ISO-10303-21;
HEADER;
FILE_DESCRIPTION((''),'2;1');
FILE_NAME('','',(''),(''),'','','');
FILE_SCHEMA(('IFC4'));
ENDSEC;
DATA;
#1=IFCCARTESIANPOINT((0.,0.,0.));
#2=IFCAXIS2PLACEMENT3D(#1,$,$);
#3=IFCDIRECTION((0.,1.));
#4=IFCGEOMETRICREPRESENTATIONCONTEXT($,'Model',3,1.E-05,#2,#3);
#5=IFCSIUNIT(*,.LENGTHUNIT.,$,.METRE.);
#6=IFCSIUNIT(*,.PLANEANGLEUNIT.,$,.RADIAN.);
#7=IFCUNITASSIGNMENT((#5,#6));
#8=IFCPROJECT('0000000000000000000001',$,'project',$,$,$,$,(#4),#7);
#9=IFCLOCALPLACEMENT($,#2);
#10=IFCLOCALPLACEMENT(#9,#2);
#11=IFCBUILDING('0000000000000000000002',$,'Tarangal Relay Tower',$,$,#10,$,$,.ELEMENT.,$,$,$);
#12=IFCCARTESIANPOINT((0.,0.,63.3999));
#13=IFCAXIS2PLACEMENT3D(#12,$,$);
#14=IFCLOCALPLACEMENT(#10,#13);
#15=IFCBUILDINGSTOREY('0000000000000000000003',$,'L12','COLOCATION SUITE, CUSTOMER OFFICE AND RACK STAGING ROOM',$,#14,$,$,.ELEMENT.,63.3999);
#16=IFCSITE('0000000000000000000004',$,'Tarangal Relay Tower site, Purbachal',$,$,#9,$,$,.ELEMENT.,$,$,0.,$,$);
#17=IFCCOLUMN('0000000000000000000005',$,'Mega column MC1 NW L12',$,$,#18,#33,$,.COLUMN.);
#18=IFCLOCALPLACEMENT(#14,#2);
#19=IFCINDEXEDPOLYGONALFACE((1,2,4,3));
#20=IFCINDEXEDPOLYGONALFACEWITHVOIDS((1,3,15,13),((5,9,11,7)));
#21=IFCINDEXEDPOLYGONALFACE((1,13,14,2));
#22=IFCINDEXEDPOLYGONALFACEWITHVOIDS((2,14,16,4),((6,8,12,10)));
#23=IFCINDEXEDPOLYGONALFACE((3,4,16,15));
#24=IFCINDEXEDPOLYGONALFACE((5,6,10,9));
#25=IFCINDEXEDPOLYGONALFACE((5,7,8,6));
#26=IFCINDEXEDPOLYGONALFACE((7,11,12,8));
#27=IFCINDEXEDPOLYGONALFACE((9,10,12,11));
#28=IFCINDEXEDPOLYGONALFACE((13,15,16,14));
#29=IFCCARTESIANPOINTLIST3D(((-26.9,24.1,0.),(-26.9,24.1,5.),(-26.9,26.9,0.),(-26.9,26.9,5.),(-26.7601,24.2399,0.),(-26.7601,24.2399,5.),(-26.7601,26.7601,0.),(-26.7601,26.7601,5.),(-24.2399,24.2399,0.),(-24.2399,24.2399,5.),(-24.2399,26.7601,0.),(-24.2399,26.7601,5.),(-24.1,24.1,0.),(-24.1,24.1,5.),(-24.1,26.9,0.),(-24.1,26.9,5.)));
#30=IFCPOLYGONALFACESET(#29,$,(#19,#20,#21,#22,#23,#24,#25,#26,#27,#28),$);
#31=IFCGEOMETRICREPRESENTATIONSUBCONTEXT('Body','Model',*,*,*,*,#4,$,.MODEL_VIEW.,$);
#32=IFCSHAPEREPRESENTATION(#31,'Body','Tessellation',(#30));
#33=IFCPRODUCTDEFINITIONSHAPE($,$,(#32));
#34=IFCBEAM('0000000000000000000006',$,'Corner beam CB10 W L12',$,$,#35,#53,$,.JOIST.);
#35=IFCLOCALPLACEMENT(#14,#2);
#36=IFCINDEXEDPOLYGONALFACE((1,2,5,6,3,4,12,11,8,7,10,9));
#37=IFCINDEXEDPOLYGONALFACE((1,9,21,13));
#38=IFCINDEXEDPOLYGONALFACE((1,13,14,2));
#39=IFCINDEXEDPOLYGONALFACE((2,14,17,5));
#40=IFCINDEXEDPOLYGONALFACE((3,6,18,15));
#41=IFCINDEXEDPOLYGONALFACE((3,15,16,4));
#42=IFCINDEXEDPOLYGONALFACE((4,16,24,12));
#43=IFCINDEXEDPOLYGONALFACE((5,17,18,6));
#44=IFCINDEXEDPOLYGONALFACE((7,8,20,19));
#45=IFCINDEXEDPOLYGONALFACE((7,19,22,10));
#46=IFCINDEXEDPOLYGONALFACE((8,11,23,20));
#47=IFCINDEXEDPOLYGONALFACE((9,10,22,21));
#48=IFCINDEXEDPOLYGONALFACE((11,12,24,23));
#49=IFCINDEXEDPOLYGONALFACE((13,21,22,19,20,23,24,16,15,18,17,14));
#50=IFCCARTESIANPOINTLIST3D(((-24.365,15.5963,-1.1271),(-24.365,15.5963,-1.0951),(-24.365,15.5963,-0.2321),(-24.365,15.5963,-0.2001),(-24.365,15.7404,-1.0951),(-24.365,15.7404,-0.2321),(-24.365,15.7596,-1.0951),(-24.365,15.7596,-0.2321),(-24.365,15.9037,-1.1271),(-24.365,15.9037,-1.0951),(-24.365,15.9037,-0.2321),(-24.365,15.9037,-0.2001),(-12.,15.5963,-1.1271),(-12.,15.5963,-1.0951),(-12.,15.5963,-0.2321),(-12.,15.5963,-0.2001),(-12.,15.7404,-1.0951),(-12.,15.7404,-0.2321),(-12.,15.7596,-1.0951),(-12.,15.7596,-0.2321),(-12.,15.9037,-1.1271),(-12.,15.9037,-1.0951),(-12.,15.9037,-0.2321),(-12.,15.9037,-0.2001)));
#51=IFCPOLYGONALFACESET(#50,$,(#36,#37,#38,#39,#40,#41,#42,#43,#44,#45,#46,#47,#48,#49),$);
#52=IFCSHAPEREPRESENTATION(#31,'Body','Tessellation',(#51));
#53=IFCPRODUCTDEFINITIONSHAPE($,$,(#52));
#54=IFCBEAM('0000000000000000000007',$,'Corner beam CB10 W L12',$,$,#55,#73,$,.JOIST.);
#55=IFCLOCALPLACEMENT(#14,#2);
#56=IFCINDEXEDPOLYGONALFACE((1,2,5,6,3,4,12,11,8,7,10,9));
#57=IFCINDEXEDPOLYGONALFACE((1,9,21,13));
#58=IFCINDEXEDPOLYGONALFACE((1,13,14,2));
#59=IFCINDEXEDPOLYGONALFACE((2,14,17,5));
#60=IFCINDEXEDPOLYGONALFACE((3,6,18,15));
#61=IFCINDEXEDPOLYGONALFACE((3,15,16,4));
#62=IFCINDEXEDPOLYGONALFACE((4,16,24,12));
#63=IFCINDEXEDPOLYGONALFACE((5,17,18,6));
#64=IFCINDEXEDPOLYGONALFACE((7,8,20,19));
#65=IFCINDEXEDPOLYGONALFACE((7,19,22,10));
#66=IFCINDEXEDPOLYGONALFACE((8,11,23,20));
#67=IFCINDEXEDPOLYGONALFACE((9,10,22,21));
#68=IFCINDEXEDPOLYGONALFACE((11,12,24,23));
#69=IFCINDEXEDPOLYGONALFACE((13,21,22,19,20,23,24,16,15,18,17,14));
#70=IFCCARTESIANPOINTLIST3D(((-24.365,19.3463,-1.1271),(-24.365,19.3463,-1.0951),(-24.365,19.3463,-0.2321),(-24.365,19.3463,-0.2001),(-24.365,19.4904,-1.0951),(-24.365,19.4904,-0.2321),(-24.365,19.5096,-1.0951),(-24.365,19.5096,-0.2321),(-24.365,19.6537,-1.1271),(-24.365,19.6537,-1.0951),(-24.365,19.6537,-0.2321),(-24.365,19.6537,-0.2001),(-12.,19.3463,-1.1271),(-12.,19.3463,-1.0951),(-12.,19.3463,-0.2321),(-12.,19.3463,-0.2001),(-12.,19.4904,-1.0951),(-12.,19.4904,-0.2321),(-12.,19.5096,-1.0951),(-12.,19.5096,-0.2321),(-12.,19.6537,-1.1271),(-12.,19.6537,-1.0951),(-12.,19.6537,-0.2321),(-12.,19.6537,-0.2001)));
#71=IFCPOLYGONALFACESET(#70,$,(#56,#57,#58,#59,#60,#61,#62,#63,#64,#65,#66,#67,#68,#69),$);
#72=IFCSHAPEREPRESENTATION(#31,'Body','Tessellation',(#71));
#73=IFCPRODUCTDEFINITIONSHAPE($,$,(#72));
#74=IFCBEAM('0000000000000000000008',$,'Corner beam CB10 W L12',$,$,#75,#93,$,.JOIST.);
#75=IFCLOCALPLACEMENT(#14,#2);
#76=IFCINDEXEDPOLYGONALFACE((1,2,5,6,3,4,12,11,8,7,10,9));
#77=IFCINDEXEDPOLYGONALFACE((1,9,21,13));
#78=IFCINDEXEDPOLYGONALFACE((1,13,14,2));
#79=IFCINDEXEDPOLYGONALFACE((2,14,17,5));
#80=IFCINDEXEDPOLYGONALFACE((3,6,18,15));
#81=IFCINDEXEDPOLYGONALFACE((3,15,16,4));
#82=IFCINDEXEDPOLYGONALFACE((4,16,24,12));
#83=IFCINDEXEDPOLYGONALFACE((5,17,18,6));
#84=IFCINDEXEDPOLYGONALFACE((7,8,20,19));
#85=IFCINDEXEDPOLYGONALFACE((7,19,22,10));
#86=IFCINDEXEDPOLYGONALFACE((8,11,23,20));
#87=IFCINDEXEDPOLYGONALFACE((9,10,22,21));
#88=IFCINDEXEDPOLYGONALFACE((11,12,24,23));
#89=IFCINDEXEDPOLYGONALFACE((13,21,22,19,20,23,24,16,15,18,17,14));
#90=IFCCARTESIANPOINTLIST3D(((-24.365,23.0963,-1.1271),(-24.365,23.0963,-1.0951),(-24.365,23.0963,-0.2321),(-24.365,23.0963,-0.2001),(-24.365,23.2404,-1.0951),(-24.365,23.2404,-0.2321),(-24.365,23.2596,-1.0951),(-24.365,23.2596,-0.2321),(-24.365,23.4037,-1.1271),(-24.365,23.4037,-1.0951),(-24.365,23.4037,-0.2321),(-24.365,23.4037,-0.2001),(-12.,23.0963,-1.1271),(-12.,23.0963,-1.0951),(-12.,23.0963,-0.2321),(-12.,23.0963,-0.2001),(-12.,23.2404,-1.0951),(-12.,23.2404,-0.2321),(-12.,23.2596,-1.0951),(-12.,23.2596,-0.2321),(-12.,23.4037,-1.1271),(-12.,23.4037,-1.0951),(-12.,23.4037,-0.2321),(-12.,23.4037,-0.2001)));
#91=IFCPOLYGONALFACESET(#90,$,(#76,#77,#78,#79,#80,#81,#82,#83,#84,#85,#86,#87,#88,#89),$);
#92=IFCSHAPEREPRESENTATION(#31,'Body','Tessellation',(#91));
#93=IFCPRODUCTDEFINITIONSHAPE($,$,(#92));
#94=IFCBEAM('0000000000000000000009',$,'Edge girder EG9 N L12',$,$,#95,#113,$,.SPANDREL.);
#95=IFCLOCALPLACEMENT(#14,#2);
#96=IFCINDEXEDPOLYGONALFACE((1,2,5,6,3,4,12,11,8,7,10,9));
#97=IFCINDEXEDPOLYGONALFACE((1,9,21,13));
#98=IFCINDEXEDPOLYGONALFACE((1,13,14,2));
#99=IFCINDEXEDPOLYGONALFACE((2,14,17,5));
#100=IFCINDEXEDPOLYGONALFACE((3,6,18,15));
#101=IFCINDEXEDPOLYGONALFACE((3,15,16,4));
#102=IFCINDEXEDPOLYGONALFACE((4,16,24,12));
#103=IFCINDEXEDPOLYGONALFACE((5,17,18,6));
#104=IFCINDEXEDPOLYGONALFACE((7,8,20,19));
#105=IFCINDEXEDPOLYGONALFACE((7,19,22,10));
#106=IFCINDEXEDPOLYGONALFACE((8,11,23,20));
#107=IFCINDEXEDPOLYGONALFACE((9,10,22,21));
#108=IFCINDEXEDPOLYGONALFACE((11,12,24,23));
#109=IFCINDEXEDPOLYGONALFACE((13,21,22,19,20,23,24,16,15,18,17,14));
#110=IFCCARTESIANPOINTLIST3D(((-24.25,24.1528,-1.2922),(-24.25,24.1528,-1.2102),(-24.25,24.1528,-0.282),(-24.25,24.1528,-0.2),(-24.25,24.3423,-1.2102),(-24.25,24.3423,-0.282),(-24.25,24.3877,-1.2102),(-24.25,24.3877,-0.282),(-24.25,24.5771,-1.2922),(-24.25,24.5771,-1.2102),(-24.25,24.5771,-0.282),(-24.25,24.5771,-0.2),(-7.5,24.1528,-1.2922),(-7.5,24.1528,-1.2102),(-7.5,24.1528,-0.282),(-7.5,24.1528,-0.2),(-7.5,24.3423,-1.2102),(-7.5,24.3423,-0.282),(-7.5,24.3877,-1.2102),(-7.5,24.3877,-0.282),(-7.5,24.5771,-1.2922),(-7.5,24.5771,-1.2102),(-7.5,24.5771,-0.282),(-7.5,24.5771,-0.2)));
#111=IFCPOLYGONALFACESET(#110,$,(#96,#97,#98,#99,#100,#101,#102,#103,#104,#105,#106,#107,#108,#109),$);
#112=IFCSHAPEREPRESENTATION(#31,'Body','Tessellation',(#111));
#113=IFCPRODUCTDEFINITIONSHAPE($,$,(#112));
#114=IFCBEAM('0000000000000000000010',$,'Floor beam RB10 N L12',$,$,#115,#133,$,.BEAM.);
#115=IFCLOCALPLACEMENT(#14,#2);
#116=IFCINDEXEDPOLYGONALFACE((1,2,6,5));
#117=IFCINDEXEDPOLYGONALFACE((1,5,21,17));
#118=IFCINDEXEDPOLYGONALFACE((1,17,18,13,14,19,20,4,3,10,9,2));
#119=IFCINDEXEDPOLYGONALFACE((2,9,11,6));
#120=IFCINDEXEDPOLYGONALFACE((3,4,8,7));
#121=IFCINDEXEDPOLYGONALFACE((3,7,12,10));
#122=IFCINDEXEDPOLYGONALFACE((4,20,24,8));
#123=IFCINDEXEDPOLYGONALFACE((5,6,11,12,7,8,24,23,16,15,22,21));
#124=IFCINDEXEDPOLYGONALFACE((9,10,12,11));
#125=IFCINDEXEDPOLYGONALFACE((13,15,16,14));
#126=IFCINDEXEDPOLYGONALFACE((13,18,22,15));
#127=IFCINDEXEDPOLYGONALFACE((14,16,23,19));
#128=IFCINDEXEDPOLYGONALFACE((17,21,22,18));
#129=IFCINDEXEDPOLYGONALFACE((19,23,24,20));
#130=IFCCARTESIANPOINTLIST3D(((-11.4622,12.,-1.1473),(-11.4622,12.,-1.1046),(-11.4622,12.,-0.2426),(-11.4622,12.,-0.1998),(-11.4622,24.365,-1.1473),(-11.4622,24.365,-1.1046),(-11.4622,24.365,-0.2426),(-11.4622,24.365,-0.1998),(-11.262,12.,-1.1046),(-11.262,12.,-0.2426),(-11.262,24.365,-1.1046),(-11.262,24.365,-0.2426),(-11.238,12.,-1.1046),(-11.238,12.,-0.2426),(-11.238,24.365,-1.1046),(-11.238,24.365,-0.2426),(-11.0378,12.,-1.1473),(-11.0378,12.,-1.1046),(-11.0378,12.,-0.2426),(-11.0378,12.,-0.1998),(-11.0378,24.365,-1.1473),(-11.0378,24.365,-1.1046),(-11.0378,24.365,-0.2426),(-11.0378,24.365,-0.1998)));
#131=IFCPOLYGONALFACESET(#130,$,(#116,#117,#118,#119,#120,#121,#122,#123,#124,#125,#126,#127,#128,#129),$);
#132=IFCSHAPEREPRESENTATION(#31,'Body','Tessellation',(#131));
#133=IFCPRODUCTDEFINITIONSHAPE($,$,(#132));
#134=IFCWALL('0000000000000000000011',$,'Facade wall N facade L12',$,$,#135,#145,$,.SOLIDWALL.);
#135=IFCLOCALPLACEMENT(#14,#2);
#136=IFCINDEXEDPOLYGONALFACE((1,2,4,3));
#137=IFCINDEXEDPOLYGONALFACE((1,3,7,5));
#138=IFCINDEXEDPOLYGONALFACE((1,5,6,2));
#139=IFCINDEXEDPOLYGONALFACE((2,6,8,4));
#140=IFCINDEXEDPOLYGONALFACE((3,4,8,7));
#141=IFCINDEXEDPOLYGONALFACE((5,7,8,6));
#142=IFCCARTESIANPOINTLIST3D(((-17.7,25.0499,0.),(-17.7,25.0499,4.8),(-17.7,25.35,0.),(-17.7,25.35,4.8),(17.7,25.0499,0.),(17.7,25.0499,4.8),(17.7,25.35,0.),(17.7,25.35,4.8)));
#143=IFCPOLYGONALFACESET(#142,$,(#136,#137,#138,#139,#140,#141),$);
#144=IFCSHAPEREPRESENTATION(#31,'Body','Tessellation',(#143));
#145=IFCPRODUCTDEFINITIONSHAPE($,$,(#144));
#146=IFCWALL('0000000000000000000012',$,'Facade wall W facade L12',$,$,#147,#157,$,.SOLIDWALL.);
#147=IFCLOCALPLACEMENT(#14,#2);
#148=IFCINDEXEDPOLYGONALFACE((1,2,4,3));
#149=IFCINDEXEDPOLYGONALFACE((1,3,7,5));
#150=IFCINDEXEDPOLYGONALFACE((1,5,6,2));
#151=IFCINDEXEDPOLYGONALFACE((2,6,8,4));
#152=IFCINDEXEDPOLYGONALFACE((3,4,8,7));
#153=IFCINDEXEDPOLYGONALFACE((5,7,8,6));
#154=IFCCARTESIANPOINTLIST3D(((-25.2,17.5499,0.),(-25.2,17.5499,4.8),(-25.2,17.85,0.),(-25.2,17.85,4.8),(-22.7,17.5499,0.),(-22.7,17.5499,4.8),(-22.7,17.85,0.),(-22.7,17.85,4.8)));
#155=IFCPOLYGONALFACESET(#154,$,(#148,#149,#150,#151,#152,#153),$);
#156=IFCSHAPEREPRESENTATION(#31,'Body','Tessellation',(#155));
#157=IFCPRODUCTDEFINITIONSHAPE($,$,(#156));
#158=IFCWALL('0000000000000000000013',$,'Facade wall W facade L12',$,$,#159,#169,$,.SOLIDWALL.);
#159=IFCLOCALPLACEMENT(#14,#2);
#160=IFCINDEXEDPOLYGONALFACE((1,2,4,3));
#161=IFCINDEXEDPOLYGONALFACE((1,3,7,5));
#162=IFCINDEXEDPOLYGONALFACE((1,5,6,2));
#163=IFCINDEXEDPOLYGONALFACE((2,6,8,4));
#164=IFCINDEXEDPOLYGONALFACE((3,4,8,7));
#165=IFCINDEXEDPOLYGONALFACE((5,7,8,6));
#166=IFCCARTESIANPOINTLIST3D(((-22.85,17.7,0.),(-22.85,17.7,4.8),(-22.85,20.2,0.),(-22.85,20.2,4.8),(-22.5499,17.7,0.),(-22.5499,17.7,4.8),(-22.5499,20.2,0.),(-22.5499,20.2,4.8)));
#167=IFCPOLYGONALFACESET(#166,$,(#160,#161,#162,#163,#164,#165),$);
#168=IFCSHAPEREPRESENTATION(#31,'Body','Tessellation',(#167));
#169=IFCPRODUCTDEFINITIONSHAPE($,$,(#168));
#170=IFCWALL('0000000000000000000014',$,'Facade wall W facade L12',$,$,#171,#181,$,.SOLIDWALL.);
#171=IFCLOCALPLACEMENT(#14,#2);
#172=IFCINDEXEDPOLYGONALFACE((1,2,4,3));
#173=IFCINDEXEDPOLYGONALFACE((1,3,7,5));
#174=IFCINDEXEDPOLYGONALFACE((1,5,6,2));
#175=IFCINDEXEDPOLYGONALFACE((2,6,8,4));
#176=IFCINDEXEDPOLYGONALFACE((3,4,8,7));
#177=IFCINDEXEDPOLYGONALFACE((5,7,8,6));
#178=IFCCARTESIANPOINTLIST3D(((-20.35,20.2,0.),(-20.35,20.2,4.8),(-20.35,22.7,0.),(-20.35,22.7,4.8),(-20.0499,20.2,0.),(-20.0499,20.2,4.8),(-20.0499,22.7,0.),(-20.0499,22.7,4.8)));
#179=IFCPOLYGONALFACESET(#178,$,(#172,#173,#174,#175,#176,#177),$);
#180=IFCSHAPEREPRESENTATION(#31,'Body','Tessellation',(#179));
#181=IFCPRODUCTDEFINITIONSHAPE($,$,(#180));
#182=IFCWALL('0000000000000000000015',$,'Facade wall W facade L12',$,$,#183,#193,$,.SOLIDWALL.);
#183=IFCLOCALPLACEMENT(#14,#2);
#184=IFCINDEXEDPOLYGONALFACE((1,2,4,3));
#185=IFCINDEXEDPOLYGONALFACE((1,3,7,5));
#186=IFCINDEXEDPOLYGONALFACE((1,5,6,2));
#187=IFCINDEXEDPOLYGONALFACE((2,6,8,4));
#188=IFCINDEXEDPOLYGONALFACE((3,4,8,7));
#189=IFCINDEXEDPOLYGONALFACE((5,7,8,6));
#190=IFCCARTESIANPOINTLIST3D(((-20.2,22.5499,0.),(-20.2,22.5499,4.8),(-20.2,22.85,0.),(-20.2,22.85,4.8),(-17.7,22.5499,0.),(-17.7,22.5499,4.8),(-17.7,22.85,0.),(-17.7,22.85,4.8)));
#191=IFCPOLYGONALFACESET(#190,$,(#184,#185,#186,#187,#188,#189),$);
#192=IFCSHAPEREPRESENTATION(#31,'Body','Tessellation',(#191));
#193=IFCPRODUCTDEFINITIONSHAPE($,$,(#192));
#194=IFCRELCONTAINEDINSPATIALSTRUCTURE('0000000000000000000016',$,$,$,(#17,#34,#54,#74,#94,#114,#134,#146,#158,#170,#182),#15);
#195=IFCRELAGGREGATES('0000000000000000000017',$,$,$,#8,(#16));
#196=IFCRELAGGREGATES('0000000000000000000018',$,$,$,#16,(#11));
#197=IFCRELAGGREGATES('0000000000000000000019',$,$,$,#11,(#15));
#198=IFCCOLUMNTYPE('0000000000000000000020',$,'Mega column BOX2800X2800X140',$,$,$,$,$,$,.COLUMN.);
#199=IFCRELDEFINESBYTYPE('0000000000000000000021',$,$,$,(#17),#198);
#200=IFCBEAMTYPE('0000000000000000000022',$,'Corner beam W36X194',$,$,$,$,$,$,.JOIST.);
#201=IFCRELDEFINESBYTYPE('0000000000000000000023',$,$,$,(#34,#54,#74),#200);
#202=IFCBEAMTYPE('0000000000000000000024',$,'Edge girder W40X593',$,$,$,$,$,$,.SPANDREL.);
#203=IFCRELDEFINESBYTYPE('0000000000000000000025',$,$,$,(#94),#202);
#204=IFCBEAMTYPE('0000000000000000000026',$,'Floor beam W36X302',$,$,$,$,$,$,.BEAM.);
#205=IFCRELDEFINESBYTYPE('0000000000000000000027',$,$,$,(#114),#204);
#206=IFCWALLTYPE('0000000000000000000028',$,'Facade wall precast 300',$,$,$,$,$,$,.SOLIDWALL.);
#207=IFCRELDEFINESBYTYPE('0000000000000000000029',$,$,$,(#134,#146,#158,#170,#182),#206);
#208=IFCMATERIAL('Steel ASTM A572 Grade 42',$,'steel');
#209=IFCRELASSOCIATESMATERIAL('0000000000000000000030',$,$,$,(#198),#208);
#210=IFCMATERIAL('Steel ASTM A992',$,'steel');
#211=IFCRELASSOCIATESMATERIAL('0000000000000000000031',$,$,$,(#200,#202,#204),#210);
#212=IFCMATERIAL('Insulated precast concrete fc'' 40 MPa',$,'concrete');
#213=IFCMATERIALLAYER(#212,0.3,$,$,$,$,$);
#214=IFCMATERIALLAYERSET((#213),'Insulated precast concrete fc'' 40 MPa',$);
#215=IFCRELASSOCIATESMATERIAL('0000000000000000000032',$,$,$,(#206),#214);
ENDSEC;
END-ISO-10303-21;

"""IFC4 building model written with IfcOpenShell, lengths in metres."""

from ifc_helpers import new_model, si_unit, direction, frame, frame_2d, origin, origin_2d, place, context, subcontext, project, spatial, rectangle, hollow_rectangle, i_section, extrude, material, layer, layer_set, material_profile, profile_set, type_object, element, save


model = new_model("IFC4")

# Units and contexts
model_context = context("Model", 3, precision=1e-05, world=origin(), true_north=direction((0.0, 1.0)))
body_context = subcontext(model_context, "Body", "Model", "MODEL_VIEW")
ifc_project = project(units=[si_unit("LENGTHUNIT", "METRE"), si_unit("PLANEANGLEUNIT", "RADIAN")], contexts=[model_context])

# Site, building, storey
site_placement = place(None, origin())
site = spatial("IfcSite", under=ifc_project, at=site_placement, Name="Tarangal Relay Tower site, Purbachal", CompositionType="ELEMENT", RefElevation=0.0)
building_placement = place(site_placement, origin())
building = spatial("IfcBuilding", under=site, at=building_placement, Name="Tarangal Relay Tower", CompositionType="ELEMENT")
storey_placement = place(building_placement, frame((0.0, 0.0, 63.3999)))
storey = spatial("IfcBuildingStorey", under=building, at=storey_placement, Name="L12", Description="COLOCATION SUITE, CUSTOMER OFFICE AND RACK STAGING ROOM", CompositionType="ELEMENT", Elevation=63.3999)

# Column
ifc_material_1 = material(Name="Steel ASTM A572 Grade 42", Category="steel")
ifc_material_profile_1 = material_profile(ifc_material_1, hollow_rectangle(XDim=2.8, YDim=2.8, WallThickness=0.1399, at=origin_2d()), Name="BOX2800X2800X140")
ifc_profile_set_1 = profile_set([ifc_material_profile_1], Name="Steel ASTM A572 Grade 42")
column_type = type_object("IfcColumnType", Name="Mega column BOX2800X2800X140", PredefinedType="COLUMN", material=ifc_profile_set_1)
column_placement = place(storey_placement, frame((-25.5, 25.5, 0.0), z_axis=(0.0, 0.0, 1.0), x_axis=(1.0, 0.0, 0.0)))
element("IfcColumn", 1, at=column_placement, inside=storey, type_object=column_type, Name="Mega column MC1 NW L12", PredefinedType="COLUMN", context=body_context, shape_type="SweptSolid", body=[
    extrude(hollow_rectangle(XDim=2.8, YDim=2.8, WallThickness=0.1399, at=origin_2d()), origin(), (0.0, 0.0, 1.0), 5.0),
])

# Beams
ifc_material_2 = material(Name="Steel ASTM A992", Category="steel")
ifc_material_profile_2 = material_profile(ifc_material_2, i_section(OverallWidth=0.3074, OverallDepth=0.927, WebThickness=0.0193, FlangeThickness=0.032, at=origin_2d()), Name="W36X194")
ifc_profile_set_2 = profile_set([ifc_material_profile_2], Name="Steel ASTM A992")
beam_type_1 = type_object("IfcBeamType", Name="Corner beam W36X194", PredefinedType="JOIST", material=ifc_profile_set_2)
for number, where, z_axis, x_axis, name in (
    (2, (-12.0, 15.75, -0.6636), (-1.0, 0.0, 0.0), (0.0, -1.0, 0.0), "Corner beam CB10 W L12"),
    (3, (-12.0, 19.5, -0.6636), (-1.0, 0.0, 0.0), (0.0, -1.0, 0.0), "Corner beam CB10 W L12"),
    (4, (-12.0, 23.25, -0.6636), (-1.0, 0.0, 0.0), (0.0, -1.0, 0.0), "Corner beam CB10 W L12"),
):
    element("IfcBeam", number, at=place(storey_placement, frame(where, z_axis=z_axis, x_axis=x_axis)), inside=storey, type_object=beam_type_1, Name=name, PredefinedType="JOIST", context=body_context, shape_type="SweptSolid", body=[
        extrude(i_section(OverallWidth=0.3074, OverallDepth=0.927, WebThickness=0.0193, FlangeThickness=0.032, at=origin_2d()), origin(), (0.0, 0.0, 1.0), 12.365),
    ])
ifc_material_profile_3 = material_profile(ifc_material_2, i_section(OverallWidth=0.4243, OverallDepth=1.0923, WebThickness=0.0454, FlangeThickness=0.082, at=origin_2d()), Name="W40X593")
ifc_profile_set_3 = profile_set([ifc_material_profile_3], Name="Steel ASTM A992")
beam_type_2 = type_object("IfcBeamType", Name="Edge girder W40X593", PredefinedType="SPANDREL", material=ifc_profile_set_3)
beam_1_placement = place(storey_placement, frame((-24.25, 24.365, -0.7461), z_axis=(1.0, 0.0, 0.0), x_axis=(0.0, 1.0, 0.0)))
element("IfcBeam", 5, at=beam_1_placement, inside=storey, type_object=beam_type_2, Name="Edge girder EG9 N L12", PredefinedType="SPANDREL", context=body_context, shape_type="SweptSolid", body=[
    extrude(i_section(OverallWidth=0.4243, OverallDepth=1.0923, WebThickness=0.0454, FlangeThickness=0.082, at=origin_2d()), origin(), (0.0, 0.0, 1.0), 16.75),
])
ifc_material_profile_4 = material_profile(ifc_material_2, i_section(OverallWidth=0.4243, OverallDepth=0.9475, WebThickness=0.0239, FlangeThickness=0.0427, at=origin_2d()), Name="W36X302")
ifc_profile_set_4 = profile_set([ifc_material_profile_4], Name="Steel ASTM A992")
beam_type_3 = type_object("IfcBeamType", Name="Floor beam W36X302", PredefinedType="BEAM", material=ifc_profile_set_4)
beam_2_placement = place(storey_placement, frame((-11.25, 12.0, -0.6736), z_axis=(0.0, 1.0, 0.0), x_axis=(-1.0, 0.0, 0.0)))
element("IfcBeam", 6, at=beam_2_placement, inside=storey, type_object=beam_type_3, Name="Floor beam RB10 N L12", PredefinedType="BEAM", context=body_context, shape_type="SweptSolid", body=[
    extrude(i_section(OverallWidth=0.4243, OverallDepth=0.9475, WebThickness=0.0239, FlangeThickness=0.0427, at=origin_2d()), origin(), (0.0, 0.0, 1.0), 12.365),
])

# Walls
ifc_material_3 = material(Name="Insulated precast concrete fc' 40 MPa", Category="concrete")
ifc_layer_1 = layer(ifc_material_3, 0.3)
ifc_layer_set_1 = layer_set([ifc_layer_1], Name="Insulated precast concrete fc' 40 MPa")
wall_type_1 = type_object("IfcWallType", Name="Facade wall precast 300", PredefinedType="SOLIDWALL", material=ifc_layer_set_1)
wall_1_placement = place(storey_placement, frame((-17.7, 25.2, 0.0), z_axis=(0.0, 0.0, 1.0), x_axis=(1.0, 0.0, 0.0)))
element("IfcWall", 7, at=wall_1_placement, inside=storey, type_object=wall_type_1, Name="Facade wall N facade L12", PredefinedType="SOLIDWALL", context=body_context, shape_type="SweptSolid", body=[
    extrude(rectangle(XDim=35.3999, YDim=0.3, at=frame_2d((17.7, 0.0))), origin(), (0.0, 0.0, 1.0), 4.8),
])
for number, where, z_axis, x_axis, name in (
    (8, (-25.2, 17.7, 0.0), (0.0, 0.0, 1.0), (1.0, 0.0, 0.0), "Facade wall W facade L12"),
    (9, (-22.7, 17.7, 0.0), (0.0, 0.0, 1.0), (0.0, 1.0, 0.0), "Facade wall W facade L12"),
):
    element("IfcWall", number, at=place(storey_placement, frame(where, z_axis=z_axis, x_axis=x_axis)), inside=storey, type_object=wall_type_1, Name=name, PredefinedType="SOLIDWALL", context=body_context, shape_type="SweptSolid", body=[
        extrude(rectangle(XDim=2.5, YDim=0.3, at=frame_2d((1.25, 0.0))), origin(), (0.0, 0.0, 1.0), 4.8),
    ])

# Walls
for number, where, z_axis, x_axis, name in (
    (10, (-20.2, 20.2, 0.0), (0.0, 0.0, 1.0), (0.0, 1.0, 0.0), "Facade wall W facade L12"),
    (11, (-20.2, 22.7, 0.0), (0.0, 0.0, 1.0), (1.0, 0.0, 0.0), "Facade wall W facade L12"),
):
    element("IfcWall", number, at=place(storey_placement, frame(where, z_axis=z_axis, x_axis=x_axis)), inside=storey, type_object=wall_type_1, Name=name, PredefinedType="SOLIDWALL", context=body_context, shape_type="SweptSolid", body=[
        extrude(rectangle(XDim=2.5, YDim=0.3, at=frame_2d((1.25, 0.0))), origin(), (0.0, 0.0, 1.0), 4.8),
    ])

save(model, "model.ifc")
